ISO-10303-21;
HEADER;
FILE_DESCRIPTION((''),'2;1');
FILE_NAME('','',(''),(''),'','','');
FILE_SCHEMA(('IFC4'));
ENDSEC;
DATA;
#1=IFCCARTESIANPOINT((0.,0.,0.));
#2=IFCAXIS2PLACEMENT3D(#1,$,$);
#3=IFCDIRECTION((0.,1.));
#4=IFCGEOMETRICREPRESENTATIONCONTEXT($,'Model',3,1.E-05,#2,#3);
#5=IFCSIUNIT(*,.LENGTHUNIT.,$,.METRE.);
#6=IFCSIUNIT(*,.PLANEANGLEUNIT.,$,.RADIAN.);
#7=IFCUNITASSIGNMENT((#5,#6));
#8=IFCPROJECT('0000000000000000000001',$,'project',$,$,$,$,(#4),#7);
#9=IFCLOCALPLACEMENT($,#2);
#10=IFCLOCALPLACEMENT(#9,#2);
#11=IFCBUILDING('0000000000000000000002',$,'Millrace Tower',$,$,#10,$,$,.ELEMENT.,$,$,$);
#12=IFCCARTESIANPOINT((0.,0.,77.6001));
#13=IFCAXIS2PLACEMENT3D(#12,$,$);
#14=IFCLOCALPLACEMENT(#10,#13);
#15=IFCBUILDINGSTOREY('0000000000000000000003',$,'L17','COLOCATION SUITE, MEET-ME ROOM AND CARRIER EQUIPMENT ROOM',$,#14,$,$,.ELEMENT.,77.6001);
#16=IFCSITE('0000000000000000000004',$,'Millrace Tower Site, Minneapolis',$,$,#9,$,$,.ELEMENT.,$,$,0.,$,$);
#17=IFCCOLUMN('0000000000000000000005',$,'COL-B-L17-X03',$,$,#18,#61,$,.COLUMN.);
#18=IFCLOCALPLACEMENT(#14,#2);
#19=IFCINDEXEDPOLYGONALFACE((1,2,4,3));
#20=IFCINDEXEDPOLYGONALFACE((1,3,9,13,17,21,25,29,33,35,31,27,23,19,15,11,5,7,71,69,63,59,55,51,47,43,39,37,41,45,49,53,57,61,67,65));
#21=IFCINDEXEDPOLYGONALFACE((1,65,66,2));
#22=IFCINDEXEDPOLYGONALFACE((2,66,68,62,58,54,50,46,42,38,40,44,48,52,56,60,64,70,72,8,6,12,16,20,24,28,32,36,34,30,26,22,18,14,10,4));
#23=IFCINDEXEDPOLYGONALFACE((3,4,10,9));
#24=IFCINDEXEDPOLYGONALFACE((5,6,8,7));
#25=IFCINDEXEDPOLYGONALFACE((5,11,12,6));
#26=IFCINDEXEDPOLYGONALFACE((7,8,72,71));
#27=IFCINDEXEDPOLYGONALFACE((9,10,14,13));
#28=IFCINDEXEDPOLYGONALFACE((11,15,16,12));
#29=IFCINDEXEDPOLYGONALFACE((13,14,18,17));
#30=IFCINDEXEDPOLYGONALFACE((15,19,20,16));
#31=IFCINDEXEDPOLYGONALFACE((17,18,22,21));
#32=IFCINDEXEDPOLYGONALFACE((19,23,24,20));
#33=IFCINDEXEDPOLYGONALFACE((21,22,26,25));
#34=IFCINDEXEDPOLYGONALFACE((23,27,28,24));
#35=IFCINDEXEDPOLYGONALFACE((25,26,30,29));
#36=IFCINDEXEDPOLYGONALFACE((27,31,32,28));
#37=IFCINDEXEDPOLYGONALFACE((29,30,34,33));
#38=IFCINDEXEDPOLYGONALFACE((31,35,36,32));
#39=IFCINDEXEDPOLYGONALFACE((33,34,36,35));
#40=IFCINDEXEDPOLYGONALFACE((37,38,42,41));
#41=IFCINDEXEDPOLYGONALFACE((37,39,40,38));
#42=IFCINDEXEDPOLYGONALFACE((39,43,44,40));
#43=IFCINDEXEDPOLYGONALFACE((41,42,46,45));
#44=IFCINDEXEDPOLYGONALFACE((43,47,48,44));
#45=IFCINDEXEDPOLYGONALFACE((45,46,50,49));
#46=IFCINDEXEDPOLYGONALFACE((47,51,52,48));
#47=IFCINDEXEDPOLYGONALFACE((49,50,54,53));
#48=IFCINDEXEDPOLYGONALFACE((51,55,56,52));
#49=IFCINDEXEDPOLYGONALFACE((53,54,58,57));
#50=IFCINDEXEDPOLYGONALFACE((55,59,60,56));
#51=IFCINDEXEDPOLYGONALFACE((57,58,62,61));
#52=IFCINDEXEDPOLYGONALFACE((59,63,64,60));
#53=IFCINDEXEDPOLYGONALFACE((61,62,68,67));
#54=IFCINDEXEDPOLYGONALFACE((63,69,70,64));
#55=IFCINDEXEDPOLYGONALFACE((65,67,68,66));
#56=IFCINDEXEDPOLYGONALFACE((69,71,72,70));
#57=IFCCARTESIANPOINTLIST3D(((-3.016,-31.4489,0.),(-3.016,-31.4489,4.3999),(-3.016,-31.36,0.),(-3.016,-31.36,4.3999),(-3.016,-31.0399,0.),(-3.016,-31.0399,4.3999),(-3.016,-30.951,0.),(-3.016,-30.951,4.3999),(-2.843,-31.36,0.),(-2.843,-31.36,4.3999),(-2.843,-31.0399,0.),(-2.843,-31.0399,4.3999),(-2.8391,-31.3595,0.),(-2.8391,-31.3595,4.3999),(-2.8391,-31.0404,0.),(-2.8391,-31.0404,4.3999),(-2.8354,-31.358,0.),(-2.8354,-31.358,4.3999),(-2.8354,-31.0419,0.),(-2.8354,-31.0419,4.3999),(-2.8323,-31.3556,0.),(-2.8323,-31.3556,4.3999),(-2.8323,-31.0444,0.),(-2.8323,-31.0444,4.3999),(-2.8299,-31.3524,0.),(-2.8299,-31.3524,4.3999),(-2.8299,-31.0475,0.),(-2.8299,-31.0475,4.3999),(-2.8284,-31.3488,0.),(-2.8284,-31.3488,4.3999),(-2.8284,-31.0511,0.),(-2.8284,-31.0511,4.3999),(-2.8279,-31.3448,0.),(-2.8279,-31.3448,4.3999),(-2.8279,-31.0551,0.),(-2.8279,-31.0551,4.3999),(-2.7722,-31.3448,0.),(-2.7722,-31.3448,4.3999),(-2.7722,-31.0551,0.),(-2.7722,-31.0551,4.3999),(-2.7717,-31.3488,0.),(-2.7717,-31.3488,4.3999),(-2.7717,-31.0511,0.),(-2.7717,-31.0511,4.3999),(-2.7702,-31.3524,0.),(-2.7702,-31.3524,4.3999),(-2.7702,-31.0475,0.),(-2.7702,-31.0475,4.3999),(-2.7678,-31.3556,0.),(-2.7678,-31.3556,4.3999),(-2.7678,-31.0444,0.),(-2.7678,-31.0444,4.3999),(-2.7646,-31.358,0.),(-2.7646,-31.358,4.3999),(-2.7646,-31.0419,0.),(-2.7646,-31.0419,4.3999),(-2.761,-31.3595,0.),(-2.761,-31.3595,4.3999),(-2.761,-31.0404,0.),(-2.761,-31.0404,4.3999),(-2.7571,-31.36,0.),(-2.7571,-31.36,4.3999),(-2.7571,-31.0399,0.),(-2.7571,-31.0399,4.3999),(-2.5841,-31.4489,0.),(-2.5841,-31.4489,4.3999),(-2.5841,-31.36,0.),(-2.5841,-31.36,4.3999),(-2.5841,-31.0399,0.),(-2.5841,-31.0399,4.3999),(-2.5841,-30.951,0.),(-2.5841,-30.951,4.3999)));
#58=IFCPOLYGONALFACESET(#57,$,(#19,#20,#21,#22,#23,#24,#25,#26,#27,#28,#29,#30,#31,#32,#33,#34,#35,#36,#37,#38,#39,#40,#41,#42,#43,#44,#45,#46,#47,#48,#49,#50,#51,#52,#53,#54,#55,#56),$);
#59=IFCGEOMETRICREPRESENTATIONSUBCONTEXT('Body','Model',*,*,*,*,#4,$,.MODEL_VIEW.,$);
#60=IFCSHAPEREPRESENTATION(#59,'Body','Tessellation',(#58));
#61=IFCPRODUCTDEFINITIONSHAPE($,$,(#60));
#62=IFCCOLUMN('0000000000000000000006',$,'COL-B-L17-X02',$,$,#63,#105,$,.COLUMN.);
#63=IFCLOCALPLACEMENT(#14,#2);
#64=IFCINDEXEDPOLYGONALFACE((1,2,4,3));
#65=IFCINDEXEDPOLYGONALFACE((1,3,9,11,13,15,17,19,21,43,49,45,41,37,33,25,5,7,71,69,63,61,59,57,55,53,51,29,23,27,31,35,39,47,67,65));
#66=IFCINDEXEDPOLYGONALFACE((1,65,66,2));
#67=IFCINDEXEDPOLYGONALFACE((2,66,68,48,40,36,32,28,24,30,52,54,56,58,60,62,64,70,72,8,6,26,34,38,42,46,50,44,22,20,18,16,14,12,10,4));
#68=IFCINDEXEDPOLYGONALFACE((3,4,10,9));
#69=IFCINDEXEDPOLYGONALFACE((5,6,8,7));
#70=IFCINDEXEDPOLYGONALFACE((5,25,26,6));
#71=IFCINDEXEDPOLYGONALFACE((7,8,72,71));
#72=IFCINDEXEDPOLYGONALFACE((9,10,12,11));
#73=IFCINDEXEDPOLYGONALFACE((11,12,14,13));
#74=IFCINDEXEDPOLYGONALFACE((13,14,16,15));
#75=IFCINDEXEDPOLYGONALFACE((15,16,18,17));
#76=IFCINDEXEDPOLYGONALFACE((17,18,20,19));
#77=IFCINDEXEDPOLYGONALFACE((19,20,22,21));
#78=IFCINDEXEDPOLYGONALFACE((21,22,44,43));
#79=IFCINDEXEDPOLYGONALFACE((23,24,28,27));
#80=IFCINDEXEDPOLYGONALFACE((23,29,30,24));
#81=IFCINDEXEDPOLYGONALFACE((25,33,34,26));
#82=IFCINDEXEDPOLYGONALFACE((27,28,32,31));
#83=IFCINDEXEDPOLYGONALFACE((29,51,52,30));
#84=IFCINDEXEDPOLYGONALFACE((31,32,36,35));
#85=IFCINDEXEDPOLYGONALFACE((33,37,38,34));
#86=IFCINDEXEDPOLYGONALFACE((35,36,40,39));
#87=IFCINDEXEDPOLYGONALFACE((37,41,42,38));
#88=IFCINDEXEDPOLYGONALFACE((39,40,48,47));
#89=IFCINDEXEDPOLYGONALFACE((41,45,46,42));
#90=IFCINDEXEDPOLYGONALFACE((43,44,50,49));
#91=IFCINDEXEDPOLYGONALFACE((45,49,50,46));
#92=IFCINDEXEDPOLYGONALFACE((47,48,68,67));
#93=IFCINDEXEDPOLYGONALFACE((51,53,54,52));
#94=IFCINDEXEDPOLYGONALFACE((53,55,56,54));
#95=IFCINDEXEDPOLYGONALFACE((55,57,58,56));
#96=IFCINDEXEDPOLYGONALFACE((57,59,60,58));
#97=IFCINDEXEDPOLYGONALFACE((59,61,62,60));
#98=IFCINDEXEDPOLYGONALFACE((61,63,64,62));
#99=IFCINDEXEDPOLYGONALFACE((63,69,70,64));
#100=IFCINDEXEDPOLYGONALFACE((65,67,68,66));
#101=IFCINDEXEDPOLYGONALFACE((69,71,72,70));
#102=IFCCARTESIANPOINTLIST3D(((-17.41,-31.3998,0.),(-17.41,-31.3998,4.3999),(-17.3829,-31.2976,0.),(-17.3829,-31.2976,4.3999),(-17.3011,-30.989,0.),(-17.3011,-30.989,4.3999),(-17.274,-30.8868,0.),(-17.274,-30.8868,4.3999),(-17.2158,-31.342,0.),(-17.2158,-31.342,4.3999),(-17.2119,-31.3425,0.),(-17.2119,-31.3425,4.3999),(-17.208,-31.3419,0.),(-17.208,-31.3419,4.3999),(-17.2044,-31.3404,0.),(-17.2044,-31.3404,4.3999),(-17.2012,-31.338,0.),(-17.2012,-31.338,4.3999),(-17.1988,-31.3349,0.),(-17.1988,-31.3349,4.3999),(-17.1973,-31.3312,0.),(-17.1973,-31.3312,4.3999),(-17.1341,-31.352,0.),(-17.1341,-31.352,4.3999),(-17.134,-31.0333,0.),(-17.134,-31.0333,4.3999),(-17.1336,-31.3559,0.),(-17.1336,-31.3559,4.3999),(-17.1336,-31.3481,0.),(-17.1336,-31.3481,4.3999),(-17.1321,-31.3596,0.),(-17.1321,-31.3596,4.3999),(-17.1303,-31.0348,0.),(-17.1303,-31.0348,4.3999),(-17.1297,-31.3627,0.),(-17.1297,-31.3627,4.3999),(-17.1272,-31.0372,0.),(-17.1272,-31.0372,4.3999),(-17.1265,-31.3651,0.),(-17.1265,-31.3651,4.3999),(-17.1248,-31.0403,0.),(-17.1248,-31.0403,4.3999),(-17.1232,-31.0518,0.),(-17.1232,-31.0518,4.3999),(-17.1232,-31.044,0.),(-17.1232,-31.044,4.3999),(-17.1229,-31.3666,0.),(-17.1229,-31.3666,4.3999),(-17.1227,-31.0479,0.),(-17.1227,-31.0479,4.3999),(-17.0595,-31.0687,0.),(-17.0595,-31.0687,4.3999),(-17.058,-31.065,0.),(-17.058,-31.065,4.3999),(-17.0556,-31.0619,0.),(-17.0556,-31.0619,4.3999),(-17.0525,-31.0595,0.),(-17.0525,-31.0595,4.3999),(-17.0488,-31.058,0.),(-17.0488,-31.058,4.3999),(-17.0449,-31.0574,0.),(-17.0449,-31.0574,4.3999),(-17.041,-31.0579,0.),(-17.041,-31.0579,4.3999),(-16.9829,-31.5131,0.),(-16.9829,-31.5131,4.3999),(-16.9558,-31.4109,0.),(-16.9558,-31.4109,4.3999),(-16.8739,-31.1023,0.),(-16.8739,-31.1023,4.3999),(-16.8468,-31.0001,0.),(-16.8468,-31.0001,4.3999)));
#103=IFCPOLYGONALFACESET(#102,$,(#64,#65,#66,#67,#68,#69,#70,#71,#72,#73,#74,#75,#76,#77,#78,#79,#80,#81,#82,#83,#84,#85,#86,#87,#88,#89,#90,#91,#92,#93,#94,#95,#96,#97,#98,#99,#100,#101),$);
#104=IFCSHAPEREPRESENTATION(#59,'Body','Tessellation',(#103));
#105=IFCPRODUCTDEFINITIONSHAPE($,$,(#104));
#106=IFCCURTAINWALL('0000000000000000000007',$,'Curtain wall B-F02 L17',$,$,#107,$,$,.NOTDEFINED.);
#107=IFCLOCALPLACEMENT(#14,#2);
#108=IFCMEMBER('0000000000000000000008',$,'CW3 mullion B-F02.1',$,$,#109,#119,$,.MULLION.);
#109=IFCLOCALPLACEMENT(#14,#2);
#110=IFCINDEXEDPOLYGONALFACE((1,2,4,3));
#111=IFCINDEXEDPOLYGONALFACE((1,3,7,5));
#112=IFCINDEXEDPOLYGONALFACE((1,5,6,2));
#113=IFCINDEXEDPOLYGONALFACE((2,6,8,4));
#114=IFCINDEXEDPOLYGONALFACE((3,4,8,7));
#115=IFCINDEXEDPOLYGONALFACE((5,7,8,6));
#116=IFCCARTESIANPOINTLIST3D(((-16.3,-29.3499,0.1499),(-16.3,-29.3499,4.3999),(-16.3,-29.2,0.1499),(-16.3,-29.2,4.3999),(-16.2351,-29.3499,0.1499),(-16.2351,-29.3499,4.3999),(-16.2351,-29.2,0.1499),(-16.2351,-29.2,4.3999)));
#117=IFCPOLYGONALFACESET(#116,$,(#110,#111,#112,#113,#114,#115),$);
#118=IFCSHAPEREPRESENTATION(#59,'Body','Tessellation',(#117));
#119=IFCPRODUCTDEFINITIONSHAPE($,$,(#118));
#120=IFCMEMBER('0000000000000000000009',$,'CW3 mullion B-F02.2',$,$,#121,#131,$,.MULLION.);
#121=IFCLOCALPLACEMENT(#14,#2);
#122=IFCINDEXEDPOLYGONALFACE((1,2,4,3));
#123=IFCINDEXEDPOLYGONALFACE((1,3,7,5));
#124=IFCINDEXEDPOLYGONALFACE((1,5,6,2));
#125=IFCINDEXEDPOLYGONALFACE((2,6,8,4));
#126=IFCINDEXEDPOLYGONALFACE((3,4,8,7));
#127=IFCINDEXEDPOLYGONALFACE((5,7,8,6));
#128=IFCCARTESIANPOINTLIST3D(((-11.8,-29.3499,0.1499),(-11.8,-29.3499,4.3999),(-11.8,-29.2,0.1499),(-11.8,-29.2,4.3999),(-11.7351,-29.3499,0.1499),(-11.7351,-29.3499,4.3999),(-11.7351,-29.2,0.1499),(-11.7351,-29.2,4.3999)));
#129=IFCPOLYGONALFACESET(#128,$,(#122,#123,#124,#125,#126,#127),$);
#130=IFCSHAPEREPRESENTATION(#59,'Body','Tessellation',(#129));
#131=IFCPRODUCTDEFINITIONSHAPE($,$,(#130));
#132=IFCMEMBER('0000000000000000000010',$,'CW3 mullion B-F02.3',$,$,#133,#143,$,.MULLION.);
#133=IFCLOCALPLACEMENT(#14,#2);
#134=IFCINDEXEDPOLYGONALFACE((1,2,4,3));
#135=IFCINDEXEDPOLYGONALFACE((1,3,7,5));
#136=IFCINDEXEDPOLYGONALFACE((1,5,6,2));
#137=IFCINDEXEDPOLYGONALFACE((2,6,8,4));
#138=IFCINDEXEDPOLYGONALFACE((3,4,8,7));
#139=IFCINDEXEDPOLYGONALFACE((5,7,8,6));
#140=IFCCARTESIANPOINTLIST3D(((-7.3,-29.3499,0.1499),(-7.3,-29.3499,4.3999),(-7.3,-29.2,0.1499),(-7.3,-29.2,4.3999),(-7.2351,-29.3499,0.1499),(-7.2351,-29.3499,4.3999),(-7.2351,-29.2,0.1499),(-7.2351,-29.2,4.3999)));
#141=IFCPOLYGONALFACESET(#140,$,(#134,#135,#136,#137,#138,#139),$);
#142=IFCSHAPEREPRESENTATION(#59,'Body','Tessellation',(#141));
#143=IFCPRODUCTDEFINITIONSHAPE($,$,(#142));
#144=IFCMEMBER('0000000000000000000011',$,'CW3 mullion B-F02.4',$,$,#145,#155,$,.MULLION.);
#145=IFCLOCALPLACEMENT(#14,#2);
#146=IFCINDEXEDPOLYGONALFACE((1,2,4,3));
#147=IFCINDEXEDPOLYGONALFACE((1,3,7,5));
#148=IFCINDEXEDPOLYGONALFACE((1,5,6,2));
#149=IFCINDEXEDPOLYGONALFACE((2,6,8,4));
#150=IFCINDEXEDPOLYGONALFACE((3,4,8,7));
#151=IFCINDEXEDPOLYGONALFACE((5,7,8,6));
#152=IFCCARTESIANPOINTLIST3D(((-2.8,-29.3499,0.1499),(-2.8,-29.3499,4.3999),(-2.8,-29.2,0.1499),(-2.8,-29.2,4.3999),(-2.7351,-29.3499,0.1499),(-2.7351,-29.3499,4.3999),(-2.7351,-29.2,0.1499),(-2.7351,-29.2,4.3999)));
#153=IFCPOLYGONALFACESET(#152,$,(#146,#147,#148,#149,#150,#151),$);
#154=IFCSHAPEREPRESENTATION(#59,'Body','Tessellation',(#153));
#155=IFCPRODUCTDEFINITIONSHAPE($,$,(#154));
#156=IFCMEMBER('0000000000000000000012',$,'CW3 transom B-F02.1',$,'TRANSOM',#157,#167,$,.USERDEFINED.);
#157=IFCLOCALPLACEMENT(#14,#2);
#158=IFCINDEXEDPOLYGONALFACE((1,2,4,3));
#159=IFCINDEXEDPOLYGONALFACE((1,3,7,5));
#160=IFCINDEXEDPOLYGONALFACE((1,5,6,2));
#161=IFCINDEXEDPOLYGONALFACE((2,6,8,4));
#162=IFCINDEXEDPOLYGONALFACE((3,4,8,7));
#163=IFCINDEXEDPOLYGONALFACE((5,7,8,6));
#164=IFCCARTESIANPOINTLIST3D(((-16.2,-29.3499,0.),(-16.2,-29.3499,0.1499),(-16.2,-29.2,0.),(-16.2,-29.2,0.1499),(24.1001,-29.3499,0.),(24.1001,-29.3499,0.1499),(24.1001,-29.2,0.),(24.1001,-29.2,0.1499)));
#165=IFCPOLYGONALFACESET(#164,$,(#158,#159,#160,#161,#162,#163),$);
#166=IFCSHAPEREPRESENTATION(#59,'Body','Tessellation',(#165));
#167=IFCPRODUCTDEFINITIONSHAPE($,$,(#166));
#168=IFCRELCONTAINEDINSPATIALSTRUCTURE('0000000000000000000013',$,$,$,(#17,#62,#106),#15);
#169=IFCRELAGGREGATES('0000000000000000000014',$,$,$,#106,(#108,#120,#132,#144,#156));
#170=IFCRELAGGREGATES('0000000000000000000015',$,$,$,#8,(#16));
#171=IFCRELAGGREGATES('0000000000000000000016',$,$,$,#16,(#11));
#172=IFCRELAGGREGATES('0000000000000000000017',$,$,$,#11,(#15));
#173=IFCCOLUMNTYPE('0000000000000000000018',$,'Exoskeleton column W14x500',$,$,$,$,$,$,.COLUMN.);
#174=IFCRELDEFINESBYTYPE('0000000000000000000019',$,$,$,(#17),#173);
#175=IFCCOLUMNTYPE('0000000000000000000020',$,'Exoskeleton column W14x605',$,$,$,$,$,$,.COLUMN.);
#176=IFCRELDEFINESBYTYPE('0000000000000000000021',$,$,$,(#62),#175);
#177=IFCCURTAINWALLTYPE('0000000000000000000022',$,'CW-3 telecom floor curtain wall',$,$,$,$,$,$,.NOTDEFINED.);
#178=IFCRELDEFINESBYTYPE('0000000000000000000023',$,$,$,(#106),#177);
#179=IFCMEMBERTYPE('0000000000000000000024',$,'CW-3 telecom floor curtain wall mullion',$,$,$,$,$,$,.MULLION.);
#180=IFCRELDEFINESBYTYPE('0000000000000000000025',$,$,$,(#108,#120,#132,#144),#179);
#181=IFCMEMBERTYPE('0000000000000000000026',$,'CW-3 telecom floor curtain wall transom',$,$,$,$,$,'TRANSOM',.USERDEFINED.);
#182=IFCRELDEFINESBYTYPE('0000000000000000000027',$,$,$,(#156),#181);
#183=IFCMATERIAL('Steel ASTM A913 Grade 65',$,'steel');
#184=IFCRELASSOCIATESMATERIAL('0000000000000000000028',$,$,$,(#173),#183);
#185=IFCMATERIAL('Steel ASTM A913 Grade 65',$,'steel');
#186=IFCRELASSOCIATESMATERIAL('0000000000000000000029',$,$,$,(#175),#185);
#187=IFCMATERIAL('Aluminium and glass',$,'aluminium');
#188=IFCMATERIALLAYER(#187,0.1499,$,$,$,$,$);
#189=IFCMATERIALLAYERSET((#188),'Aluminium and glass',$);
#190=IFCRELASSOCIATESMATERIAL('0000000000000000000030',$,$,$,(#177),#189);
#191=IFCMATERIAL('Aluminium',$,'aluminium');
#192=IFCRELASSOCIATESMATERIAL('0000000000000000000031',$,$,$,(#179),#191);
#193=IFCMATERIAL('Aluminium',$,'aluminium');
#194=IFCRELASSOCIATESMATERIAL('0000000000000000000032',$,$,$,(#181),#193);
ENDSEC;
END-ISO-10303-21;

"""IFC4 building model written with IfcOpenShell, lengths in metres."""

from ifc_helpers import new_model, si_unit, direction, frame, origin, origin_2d, place, context, subcontext, project, spatial, rectangle, i_section, extrude, material, layer, layer_set, material_profile, profile_set, type_object, element, aggregate, save


model = new_model("IFC4")

# Units and contexts
model_context = context("Model", 3, precision=1e-05, world=origin(), true_north=direction((0.0, 1.0)))
body_context = subcontext(model_context, "Body", "Model", "MODEL_VIEW")
ifc_project = project(units=[si_unit("LENGTHUNIT", "METRE"), si_unit("PLANEANGLEUNIT", "RADIAN")], contexts=[model_context])

# Site, building, storey
site_placement = place(None, origin())
site = spatial("IfcSite", under=ifc_project, at=site_placement, Name="Millrace Tower Site, Minneapolis", CompositionType="ELEMENT", RefElevation=0.0)
building_placement = place(site_placement, origin())
building = spatial("IfcBuilding", under=site, at=building_placement, Name="Millrace Tower", CompositionType="ELEMENT")
storey_placement = place(building_placement, frame((0.0, 0.0, 77.6001)))
storey = spatial("IfcBuildingStorey", under=building, at=storey_placement, Name="L17", Description="COLOCATION SUITE, MEET-ME ROOM AND CARRIER EQUIPMENT ROOM", CompositionType="ELEMENT", Elevation=77.6001)

# Columns
ifc_material_1 = material(Name="Steel ASTM A913 Grade 65", Category="steel")
ifc_material_profile_1 = material_profile(ifc_material_1, i_section(OverallWidth=0.4319, OverallDepth=0.4978, WebThickness=0.0557, FlangeThickness=0.0889, FilletRadius=0.0151, at=origin_2d()))
ifc_profile_set_1 = profile_set([ifc_material_profile_1], Name="Steel ASTM A913 Grade 65")
column_type_1 = type_object("IfcColumnType", Name="Exoskeleton column W14x500", PredefinedType="COLUMN", material=ifc_profile_set_1)
column_1_placement = place(storey_placement, frame((-2.8, -31.2, 0.0), z_axis=(0.0, 0.0, 1.0), x_axis=(1.0, 0.0, 0.0)))
element("IfcColumn", 1, at=column_1_placement, inside=storey, type_object=column_type_1, Name="COL-B-L17-X03", PredefinedType="COLUMN", context=body_context, shape_type="SweptSolid", body=[
    extrude(i_section(OverallWidth=0.4319, OverallDepth=0.4978, WebThickness=0.0557, FlangeThickness=0.0889, FilletRadius=0.0151, at=origin_2d()), origin(), (0.0, 0.0, 1.0), 4.3999),
])
ifc_material_2 = material(Name="Steel ASTM A913 Grade 65", Category="steel")
ifc_material_profile_2 = material_profile(ifc_material_2, i_section(OverallWidth=0.4419, OverallDepth=0.5308, WebThickness=0.0659, FlangeThickness=0.1057, FilletRadius=0.0151, at=origin_2d()))
ifc_profile_set_2 = profile_set([ifc_material_profile_2], Name="Steel ASTM A913 Grade 65")
column_type_2 = type_object("IfcColumnType", Name="Exoskeleton column W14x605", PredefinedType="COLUMN", material=ifc_profile_set_2)
column_2_placement = place(storey_placement, frame((-17.1284, -31.2, 0.0), z_axis=(0.0, 0.0, 1.0), x_axis=(0.966585, -0.256347, 0.0)))
element("IfcColumn", 2, at=column_2_placement, inside=storey, type_object=column_type_2, Name="COL-B-L17-X02", PredefinedType="COLUMN", context=body_context, shape_type="SweptSolid", body=[
    extrude(i_section(OverallWidth=0.4419, OverallDepth=0.5308, WebThickness=0.0659, FlangeThickness=0.1057, FilletRadius=0.0151, at=origin_2d()), origin(), (0.0, 0.0, 1.0), 4.3999),
])

# Curtain wall, members
ifc_material_3 = material(Name="Aluminium and glass", Category="aluminium")
ifc_layer_1 = layer(ifc_material_3, 0.1499)
ifc_layer_set_1 = layer_set([ifc_layer_1], Name="Aluminium and glass")
curtain_wall_type = type_object("IfcCurtainWallType", Name="CW-3 telecom floor curtain wall", PredefinedType="NOTDEFINED", material=ifc_layer_set_1)
curtain_wall_placement = place(storey_placement, origin())
curtain_wall = element("IfcCurtainWall", 3, at=curtain_wall_placement, inside=storey, type_object=curtain_wall_type, Name="Curtain wall B-F02 L17", PredefinedType="NOTDEFINED")
ifc_material_4 = material(Name="Aluminium", Category="aluminium")
ifc_material_profile_3 = material_profile(ifc_material_4, rectangle(XDim=0.0649, YDim=0.1499, at=origin_2d()))
ifc_profile_set_3 = profile_set([ifc_material_profile_3], Name="Aluminium")
member_type_1 = type_object("IfcMemberType", Name="CW-3 telecom floor curtain wall mullion", PredefinedType="MULLION", material=ifc_profile_set_3)
member_1_placement = place(storey_placement, frame((-16.2676, -29.2749, 0.1499), z_axis=(0.0, 0.0, 1.0), x_axis=(1.0, 0.0, 0.0)))
member_1 = element("IfcMember", 4, at=member_1_placement, type_object=member_type_1, Name="CW3 mullion B-F02.1", PredefinedType="MULLION", context=body_context, shape_type="SweptSolid", body=[
    extrude(rectangle(XDim=0.0649, YDim=0.1499, at=origin_2d()), origin(), (0.0, 0.0, 1.0), 4.25),
])
member_2_placement = place(storey_placement, frame((-11.7676, -29.2749, 0.1499), z_axis=(0.0, 0.0, 1.0), x_axis=(1.0, 0.0, 0.0)))
member_2 = element("IfcMember", 5, at=member_2_placement, type_object=member_type_1, Name="CW3 mullion B-F02.2", PredefinedType="MULLION", context=body_context, shape_type="SweptSolid", body=[
    extrude(rectangle(XDim=0.0649, YDim=0.1499, at=origin_2d()), origin(), (0.0, 0.0, 1.0), 4.25),
])
member_3_placement = place(storey_placement, frame((-7.2676, -29.2749, 0.1499), z_axis=(0.0, 0.0, 1.0), x_axis=(1.0, 0.0, 0.0)))
member_3 = element("IfcMember", 6, at=member_3_placement, type_object=member_type_1, Name="CW3 mullion B-F02.3", PredefinedType="MULLION", context=body_context, shape_type="SweptSolid", body=[
    extrude(rectangle(XDim=0.0649, YDim=0.1499, at=origin_2d()), origin(), (0.0, 0.0, 1.0), 4.25),
])
member_4_placement = place(storey_placement, frame((-2.7676, -29.2749, 0.1499), z_axis=(0.0, 0.0, 1.0), x_axis=(1.0, 0.0, 0.0)))
member_4 = element("IfcMember", 7, at=member_4_placement, type_object=member_type_1, Name="CW3 mullion B-F02.4", PredefinedType="MULLION", context=body_context, shape_type="SweptSolid", body=[
    extrude(rectangle(XDim=0.0649, YDim=0.1499, at=origin_2d()), origin(), (0.0, 0.0, 1.0), 4.25),
])
ifc_material_5 = material(Name="Aluminium", Category="aluminium")
ifc_material_profile_4 = material_profile(ifc_material_5, rectangle(XDim=0.1499, YDim=0.1499, at=origin_2d()))
ifc_profile_set_4 = profile_set([ifc_material_profile_4], Name="Aluminium")
member_type_2 = type_object("IfcMemberType", Name="CW-3 telecom floor curtain wall transom", ElementType="TRANSOM", PredefinedType="USERDEFINED", material=ifc_profile_set_4)
member_5_placement = place(storey_placement, frame((-16.2, -29.2749, 0.075), z_axis=(1.0, 0.0, 0.0), x_axis=(0.0, 1.0, 0.0)))
member_5 = element("IfcMember", 8, at=member_5_placement, type_object=member_type_2, Name="CW3 transom B-F02.1", ObjectType="TRANSOM", PredefinedType="USERDEFINED", context=body_context, shape_type="SweptSolid", body=[
    extrude(rectangle(XDim=0.1499, YDim=0.1499, at=origin_2d()), origin(), (0.0, 0.0, 1.0), 40.3),
])
aggregate(curtain_wall, [member_1, member_2, member_3, member_4, member_5])

save(model, "model.ifc")
